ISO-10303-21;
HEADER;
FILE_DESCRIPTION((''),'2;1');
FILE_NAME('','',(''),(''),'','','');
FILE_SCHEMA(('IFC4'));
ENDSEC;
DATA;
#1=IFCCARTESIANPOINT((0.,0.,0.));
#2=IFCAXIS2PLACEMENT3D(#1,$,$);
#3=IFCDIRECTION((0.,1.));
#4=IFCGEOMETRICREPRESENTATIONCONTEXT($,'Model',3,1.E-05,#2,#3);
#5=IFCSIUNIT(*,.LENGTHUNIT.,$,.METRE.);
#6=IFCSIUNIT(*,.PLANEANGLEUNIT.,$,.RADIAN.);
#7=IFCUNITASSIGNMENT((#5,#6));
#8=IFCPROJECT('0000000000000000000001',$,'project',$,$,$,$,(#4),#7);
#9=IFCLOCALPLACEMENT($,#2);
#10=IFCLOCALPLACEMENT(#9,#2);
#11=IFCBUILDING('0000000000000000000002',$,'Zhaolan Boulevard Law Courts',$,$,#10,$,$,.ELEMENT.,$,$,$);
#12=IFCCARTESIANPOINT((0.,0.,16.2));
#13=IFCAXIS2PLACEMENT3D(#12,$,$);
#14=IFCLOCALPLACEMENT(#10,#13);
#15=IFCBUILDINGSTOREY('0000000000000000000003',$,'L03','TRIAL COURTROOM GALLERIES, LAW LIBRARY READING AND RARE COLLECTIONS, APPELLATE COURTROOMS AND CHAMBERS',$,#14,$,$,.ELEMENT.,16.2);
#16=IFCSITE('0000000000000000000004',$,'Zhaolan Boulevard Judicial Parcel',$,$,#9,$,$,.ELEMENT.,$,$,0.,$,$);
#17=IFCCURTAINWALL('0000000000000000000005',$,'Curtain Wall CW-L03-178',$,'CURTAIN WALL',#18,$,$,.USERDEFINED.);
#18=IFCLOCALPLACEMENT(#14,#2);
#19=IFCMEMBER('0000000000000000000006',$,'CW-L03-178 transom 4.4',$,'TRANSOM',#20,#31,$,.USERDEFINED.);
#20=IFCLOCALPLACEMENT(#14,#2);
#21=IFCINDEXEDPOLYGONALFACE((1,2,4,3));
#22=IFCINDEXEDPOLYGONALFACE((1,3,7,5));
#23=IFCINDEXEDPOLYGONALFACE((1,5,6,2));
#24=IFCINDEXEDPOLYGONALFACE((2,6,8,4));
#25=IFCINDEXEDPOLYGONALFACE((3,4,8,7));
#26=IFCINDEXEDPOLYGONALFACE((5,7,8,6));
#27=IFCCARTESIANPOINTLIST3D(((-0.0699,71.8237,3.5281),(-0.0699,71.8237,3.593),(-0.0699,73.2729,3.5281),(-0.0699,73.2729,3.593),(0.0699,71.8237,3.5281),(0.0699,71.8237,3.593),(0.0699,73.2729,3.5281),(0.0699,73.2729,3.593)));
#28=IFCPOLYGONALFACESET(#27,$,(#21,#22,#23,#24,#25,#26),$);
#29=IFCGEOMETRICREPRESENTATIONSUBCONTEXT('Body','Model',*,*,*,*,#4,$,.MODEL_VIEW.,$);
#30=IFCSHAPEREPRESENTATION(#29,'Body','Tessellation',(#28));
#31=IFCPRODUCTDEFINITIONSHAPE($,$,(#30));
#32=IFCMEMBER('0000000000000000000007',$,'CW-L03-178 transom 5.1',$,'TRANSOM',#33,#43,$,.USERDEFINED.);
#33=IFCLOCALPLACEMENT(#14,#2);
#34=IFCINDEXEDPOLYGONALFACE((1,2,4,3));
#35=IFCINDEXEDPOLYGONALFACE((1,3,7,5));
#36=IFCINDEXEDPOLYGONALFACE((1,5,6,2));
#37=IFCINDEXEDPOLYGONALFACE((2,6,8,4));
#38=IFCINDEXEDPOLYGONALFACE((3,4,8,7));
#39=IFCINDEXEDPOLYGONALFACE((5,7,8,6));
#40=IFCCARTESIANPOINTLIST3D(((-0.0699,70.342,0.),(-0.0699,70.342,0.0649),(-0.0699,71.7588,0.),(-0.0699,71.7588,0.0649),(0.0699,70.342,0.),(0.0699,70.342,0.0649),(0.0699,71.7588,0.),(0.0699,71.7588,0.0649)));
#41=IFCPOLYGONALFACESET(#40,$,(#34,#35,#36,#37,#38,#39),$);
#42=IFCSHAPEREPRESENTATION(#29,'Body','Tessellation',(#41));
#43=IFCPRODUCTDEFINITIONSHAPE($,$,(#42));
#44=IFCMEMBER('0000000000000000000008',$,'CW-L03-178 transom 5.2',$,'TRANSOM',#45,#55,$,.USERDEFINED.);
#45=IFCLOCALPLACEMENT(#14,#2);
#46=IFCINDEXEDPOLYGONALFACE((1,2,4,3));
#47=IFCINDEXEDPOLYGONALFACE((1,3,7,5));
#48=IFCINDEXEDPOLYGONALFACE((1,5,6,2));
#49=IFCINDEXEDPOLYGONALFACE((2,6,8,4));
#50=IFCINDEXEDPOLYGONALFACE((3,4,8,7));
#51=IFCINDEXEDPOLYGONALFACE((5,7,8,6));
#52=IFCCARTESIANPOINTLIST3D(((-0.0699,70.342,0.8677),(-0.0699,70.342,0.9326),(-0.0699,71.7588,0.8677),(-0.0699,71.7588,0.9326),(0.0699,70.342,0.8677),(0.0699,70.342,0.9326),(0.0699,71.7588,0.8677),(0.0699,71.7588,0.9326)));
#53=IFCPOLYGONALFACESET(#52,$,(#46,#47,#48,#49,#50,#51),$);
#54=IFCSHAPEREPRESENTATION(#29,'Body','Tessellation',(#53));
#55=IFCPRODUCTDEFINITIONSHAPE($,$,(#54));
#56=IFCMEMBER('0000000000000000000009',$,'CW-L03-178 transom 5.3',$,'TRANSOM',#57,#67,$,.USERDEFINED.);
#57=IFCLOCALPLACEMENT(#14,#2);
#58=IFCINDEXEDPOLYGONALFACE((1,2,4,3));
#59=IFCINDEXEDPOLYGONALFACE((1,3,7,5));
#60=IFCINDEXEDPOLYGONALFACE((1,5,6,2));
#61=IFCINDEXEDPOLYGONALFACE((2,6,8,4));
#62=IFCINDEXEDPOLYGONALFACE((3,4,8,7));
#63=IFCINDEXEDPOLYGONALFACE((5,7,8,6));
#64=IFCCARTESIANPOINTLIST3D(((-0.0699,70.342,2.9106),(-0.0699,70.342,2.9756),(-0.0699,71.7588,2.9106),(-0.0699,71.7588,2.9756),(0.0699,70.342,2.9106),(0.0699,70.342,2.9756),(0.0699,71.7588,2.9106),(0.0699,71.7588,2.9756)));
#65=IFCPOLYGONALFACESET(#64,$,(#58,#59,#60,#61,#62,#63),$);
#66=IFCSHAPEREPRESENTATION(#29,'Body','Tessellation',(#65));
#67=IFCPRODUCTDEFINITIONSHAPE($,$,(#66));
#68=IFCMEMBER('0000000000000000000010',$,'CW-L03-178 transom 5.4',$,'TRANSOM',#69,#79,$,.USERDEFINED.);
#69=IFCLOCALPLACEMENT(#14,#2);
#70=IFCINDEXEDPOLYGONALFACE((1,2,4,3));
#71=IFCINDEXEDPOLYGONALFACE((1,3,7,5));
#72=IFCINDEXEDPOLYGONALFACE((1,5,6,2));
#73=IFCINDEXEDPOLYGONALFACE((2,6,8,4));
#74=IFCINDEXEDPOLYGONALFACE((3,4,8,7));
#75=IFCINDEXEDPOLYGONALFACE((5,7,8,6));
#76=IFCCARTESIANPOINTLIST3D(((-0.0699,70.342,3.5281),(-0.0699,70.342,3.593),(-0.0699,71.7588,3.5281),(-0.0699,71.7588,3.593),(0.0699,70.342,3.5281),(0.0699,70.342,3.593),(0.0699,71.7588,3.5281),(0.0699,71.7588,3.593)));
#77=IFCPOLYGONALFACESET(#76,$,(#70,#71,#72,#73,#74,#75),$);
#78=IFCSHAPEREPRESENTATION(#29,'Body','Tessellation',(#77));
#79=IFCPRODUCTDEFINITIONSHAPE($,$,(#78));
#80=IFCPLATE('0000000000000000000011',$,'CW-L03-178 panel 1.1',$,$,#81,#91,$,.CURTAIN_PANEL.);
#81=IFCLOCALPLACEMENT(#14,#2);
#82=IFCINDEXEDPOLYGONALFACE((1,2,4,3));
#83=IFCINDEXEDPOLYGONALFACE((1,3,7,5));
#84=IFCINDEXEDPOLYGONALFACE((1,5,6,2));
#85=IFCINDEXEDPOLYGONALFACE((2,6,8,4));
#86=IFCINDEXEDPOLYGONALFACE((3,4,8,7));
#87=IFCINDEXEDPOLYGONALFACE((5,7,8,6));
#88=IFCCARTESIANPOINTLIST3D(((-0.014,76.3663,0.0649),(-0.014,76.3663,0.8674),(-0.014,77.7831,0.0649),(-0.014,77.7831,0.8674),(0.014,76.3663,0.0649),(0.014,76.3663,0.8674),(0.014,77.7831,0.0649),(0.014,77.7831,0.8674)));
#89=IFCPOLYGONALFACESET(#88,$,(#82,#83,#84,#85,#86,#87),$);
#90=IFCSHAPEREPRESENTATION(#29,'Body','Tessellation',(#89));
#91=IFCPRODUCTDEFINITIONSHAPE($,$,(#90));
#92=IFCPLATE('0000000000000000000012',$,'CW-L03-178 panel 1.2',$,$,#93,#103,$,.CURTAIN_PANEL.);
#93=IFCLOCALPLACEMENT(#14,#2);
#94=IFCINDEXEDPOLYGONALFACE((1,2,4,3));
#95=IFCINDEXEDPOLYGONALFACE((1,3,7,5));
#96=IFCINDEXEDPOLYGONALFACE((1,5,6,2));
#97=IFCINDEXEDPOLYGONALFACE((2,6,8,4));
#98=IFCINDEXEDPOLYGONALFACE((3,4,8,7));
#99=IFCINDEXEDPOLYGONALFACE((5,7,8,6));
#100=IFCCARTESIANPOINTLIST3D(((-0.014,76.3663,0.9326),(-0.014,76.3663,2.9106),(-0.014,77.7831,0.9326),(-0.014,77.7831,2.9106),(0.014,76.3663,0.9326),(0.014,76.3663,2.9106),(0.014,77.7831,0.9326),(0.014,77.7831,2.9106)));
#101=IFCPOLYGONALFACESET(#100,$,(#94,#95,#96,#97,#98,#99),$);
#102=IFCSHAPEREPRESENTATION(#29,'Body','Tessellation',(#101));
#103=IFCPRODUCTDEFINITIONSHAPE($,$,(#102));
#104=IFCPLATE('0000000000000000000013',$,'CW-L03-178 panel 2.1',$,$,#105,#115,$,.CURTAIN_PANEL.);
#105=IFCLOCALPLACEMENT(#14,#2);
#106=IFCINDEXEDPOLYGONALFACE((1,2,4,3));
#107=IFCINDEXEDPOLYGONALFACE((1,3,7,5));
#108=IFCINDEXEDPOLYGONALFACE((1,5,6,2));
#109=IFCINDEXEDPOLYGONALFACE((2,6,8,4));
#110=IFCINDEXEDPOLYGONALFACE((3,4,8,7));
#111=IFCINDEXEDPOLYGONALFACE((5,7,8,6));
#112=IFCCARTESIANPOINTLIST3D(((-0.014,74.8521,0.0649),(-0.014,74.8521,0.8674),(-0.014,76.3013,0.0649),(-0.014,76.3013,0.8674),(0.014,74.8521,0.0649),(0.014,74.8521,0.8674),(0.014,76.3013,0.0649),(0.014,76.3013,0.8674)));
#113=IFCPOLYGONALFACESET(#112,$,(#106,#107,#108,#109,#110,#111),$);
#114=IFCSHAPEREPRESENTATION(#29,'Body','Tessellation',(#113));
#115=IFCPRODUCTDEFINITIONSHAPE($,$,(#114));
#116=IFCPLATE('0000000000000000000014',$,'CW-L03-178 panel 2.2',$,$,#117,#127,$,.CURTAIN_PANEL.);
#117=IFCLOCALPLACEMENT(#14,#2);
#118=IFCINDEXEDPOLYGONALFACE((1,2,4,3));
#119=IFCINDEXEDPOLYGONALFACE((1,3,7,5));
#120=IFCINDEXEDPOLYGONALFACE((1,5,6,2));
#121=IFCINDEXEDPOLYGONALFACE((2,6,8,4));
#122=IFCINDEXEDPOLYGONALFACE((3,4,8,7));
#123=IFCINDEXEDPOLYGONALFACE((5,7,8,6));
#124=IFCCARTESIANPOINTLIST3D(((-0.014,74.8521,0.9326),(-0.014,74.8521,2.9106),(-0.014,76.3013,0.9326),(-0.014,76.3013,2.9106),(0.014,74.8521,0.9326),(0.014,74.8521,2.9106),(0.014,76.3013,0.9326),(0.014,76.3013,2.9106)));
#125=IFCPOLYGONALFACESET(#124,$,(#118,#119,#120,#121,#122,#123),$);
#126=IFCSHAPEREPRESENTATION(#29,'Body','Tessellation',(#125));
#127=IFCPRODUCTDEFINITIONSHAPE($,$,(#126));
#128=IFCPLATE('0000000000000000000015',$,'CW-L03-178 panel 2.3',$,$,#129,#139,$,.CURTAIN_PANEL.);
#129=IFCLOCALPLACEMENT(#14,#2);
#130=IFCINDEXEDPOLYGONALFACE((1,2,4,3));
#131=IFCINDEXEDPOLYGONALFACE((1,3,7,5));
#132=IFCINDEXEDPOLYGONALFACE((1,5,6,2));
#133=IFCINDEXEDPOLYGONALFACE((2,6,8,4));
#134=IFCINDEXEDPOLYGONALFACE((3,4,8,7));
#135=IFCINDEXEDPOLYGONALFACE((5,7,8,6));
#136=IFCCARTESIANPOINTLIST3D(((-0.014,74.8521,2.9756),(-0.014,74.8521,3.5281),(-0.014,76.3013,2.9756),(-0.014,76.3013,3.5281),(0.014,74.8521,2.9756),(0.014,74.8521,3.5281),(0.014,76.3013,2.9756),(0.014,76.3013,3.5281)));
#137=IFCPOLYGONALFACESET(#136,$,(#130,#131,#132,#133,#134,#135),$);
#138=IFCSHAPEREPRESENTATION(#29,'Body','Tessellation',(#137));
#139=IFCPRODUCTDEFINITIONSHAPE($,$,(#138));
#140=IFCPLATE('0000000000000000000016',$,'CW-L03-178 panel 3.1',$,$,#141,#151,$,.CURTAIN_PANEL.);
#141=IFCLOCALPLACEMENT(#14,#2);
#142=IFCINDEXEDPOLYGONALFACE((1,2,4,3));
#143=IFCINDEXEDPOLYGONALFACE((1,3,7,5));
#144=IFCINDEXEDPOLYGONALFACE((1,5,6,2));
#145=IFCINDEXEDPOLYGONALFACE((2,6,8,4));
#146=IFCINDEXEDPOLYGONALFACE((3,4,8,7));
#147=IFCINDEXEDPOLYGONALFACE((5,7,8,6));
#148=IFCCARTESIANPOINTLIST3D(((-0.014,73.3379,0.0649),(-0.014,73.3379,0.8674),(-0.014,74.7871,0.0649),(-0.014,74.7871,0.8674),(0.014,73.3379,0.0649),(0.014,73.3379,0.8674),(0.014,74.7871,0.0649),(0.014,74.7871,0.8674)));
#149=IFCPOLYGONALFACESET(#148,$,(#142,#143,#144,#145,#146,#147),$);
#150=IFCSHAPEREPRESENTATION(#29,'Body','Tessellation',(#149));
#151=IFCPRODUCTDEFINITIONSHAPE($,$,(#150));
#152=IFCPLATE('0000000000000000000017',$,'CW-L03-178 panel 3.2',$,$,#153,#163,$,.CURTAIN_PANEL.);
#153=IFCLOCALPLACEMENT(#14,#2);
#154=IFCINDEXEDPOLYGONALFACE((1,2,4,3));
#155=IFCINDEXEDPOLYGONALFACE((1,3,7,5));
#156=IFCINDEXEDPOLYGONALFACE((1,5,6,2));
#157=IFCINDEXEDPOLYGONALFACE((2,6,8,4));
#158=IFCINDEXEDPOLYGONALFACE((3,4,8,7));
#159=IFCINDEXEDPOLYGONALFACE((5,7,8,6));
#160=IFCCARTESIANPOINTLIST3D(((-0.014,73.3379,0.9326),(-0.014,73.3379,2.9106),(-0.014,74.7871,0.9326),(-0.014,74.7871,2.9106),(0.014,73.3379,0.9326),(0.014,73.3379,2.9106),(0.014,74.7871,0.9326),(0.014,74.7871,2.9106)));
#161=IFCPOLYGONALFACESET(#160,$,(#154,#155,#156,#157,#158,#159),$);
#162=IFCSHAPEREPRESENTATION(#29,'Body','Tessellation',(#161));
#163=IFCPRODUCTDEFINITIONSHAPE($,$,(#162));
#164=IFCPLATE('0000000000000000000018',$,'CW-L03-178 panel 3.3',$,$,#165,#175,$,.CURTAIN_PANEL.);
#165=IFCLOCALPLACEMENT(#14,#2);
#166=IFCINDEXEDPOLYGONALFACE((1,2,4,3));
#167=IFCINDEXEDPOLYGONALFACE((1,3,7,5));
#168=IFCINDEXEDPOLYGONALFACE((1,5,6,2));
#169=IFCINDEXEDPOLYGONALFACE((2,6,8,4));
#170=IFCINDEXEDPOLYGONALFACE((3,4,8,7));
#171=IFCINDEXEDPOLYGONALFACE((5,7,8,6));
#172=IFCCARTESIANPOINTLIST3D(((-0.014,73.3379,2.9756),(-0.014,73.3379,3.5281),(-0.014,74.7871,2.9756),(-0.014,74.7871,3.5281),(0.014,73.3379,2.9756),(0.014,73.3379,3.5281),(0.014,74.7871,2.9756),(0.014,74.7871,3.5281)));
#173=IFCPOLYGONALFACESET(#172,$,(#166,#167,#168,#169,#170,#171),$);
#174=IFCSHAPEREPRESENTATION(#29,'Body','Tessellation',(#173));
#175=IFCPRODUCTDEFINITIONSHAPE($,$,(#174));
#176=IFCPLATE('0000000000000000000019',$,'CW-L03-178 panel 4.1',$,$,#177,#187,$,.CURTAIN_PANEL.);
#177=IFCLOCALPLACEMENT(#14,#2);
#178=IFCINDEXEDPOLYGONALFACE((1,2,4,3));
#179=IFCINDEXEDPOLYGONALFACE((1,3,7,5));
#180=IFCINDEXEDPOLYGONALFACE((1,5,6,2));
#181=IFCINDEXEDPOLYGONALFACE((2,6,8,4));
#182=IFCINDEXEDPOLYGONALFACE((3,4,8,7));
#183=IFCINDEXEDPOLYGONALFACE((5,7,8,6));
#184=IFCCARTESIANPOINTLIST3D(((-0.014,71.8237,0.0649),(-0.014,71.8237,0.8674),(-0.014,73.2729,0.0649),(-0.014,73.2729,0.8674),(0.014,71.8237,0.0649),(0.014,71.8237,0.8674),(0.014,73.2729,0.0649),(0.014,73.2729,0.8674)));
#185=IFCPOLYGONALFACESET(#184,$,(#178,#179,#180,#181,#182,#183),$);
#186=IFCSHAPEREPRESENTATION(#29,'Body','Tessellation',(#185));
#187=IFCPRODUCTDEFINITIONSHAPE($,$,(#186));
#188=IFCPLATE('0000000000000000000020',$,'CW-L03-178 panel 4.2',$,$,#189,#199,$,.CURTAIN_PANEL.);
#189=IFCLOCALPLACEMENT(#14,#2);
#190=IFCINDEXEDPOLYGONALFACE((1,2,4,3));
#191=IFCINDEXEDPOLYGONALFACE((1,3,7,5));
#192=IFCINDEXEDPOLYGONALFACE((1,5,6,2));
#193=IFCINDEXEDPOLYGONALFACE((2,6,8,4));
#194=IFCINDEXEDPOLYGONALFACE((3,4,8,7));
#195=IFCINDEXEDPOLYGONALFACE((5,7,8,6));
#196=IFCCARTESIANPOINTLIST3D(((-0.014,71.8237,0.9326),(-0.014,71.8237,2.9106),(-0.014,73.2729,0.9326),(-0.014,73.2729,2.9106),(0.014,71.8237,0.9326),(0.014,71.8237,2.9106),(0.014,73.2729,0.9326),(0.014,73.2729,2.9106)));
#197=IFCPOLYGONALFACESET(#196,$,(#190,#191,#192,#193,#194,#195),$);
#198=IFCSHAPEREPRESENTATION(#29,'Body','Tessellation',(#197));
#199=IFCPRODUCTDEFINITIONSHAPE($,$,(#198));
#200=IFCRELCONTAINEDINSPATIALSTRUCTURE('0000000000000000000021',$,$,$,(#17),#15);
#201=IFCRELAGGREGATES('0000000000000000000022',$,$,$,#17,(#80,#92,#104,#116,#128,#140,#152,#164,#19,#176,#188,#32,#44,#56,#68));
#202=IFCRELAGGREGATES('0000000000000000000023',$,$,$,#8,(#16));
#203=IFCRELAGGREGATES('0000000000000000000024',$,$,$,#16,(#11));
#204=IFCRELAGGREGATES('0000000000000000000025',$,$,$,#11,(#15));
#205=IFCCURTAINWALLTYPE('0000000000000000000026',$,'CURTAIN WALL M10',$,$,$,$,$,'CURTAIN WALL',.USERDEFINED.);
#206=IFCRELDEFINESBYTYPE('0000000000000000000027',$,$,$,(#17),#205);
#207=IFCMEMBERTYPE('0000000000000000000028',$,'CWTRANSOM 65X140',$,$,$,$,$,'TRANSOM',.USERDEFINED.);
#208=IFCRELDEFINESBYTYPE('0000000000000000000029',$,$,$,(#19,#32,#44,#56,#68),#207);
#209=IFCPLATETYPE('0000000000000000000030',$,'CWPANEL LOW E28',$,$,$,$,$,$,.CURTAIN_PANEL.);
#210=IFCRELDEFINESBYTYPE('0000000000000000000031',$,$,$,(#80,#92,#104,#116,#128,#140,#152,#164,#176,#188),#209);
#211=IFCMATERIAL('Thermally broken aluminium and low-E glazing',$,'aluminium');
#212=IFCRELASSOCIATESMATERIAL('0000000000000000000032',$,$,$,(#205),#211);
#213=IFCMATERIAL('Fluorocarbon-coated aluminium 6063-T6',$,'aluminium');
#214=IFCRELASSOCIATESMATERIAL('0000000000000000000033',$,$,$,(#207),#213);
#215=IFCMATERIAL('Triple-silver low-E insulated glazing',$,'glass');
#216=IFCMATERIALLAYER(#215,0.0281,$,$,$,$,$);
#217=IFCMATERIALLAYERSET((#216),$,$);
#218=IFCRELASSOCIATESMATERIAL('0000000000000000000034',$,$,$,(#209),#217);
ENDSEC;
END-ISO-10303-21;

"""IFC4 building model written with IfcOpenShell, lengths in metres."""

from ifc_helpers import new_model, si_unit, direction, frame, origin, origin_2d, place, context, subcontext, project, spatial, rectangle, extrude, material, layer, layer_set, material_profile, profile_set, type_object, element, aggregate, save


model = new_model("IFC4")

# Units and contexts
model_context = context("Model", 3, precision=1e-05, world=origin(), true_north=direction((0.0, 1.0)))
body_context = subcontext(model_context, "Body", "Model", "MODEL_VIEW")
ifc_project = project(units=[si_unit("LENGTHUNIT", "METRE"), si_unit("PLANEANGLEUNIT", "RADIAN")], contexts=[model_context])

# Site, building, storey
site_placement = place(None, origin())
site = spatial("IfcSite", under=ifc_project, at=site_placement, Name="Zhaolan Boulevard Judicial Parcel", CompositionType="ELEMENT", RefElevation=0.0)
building_placement = place(site_placement, origin())
building = spatial("IfcBuilding", under=site, at=building_placement, Name="Zhaolan Boulevard Law Courts", CompositionType="ELEMENT")
storey_placement = place(building_placement, frame((0.0, 0.0, 16.2)))
storey = spatial("IfcBuildingStorey", under=building, at=storey_placement, Name="L03", Description="TRIAL COURTROOM GALLERIES, LAW LIBRARY READING AND RARE COLLECTIONS, APPELLATE COURTROOMS AND CHAMBERS", CompositionType="ELEMENT", Elevation=16.2)

# Curtain wall, members, plates
ifc_material_1 = material(Name="Thermally broken aluminium and low-E glazing", Category="aluminium")
curtain_wall_type = type_object("IfcCurtainWallType", Name="CURTAIN WALL M10", ElementType="CURTAIN WALL", PredefinedType="USERDEFINED", material=ifc_material_1)
curtain_wall_placement = place(storey_placement, origin())
curtain_wall = element("IfcCurtainWall", 1, at=curtain_wall_placement, inside=storey, type_object=curtain_wall_type, Name="Curtain Wall CW-L03-178", ObjectType="CURTAIN WALL", PredefinedType="USERDEFINED")
ifc_material_2 = material(Name="Fluorocarbon-coated aluminium 6063-T6", Category="aluminium")
ifc_material_profile_1 = material_profile(ifc_material_2, rectangle(XDim=0.1399, YDim=0.0649, at=origin_2d()), Name="AL65x140")
ifc_profile_set_1 = profile_set([ifc_material_profile_1], Name="Fluorocarbon-coated aluminium 6063-T6")
member_type_1 = type_object("IfcMemberType", Name="CWTRANSOM 65X140", ElementType="TRANSOM", PredefinedType="USERDEFINED", material=ifc_profile_set_1)
member_1_placement = place(storey_placement, frame((0.0, 73.2729, 3.5605), z_axis=(0.0, -1.0, 0.0), x_axis=(1.0, 0.0, 0.0)))
member_1 = element("IfcMember", 2, at=member_1_placement, type_object=member_type_1, Name="CW-L03-178 transom 4.4", ObjectType="TRANSOM", PredefinedType="USERDEFINED", context=body_context, shape_type="SweptSolid", body=[
    extrude(rectangle(XDim=0.1399, YDim=0.0649, at=origin_2d()), origin(), (0.0, 0.0, 1.0), 1.4492),
])
member_2_placement = place(storey_placement, frame((0.0, 71.7588, 0.0325), z_axis=(0.0, -1.0, 0.0), x_axis=(1.0, 0.0, 0.0)))
member_2 = element("IfcMember", 3, at=member_2_placement, type_object=member_type_1, Name="CW-L03-178 transom 5.1", ObjectType="TRANSOM", PredefinedType="USERDEFINED", context=body_context, shape_type="SweptSolid", body=[
    extrude(rectangle(XDim=0.1399, YDim=0.0649, at=origin_2d()), origin(), (0.0, 0.0, 1.0), 1.4167),
])
member_3_placement = place(storey_placement, frame((0.0, 71.7588, 0.9001), z_axis=(0.0, -1.0, 0.0), x_axis=(1.0, 0.0, 0.0)))
member_3 = element("IfcMember", 4, at=member_3_placement, type_object=member_type_1, Name="CW-L03-178 transom 5.2", ObjectType="TRANSOM", PredefinedType="USERDEFINED", context=body_context, shape_type="SweptSolid", body=[
    extrude(rectangle(XDim=0.1399, YDim=0.0649, at=origin_2d()), origin(), (0.0, 0.0, 1.0), 1.4167),
])
member_4_placement = place(storey_placement, frame((0.0, 71.7588, 2.9431), z_axis=(0.0, -1.0, 0.0), x_axis=(1.0, 0.0, 0.0)))
member_4 = element("IfcMember", 5, at=member_4_placement, type_object=member_type_1, Name="CW-L03-178 transom 5.3", ObjectType="TRANSOM", PredefinedType="USERDEFINED", context=body_context, shape_type="SweptSolid", body=[
    extrude(rectangle(XDim=0.1399, YDim=0.0649, at=origin_2d()), origin(), (0.0, 0.0, 1.0), 1.4167),
])
member_5_placement = place(storey_placement, frame((0.0, 71.7588, 3.5605), z_axis=(0.0, -1.0, 0.0), x_axis=(1.0, 0.0, 0.0)))
member_5 = element("IfcMember", 6, at=member_5_placement, type_object=member_type_1, Name="CW-L03-178 transom 5.4", ObjectType="TRANSOM", PredefinedType="USERDEFINED", context=body_context, shape_type="SweptSolid", body=[
    extrude(rectangle(XDim=0.1399, YDim=0.0649, at=origin_2d()), origin(), (0.0, 0.0, 1.0), 1.4167),
])
ifc_material_3 = material(Name="Triple-silver low-E insulated glazing", Category="glass")
ifc_layer = layer(ifc_material_3, 0.0281)
ifc_layer_set = layer_set([ifc_layer])
plate_type = type_object("IfcPlateType", Name="CWPANEL LOW E28", PredefinedType="CURTAIN_PANEL", material=ifc_layer_set)
plate_1_placement = place(storey_placement, frame((0.0, 77.0747, 0.0649), z_axis=(0.0, 0.0, 1.0), x_axis=(0.0, -1.0, 0.0)))
plate_1 = element("IfcPlate", 7, at=plate_1_placement, type_object=plate_type, Name="CW-L03-178 panel 1.1", PredefinedType="CURTAIN_PANEL", context=body_context, shape_type="SweptSolid", body=[
    extrude(rectangle(XDim=1.4167, YDim=0.0281, at=origin_2d()), origin(), (0.0, 0.0, 1.0), 0.8025),
])
plate_2_placement = place(storey_placement, frame((0.0, 77.0747, 0.9326), z_axis=(0.0, 0.0, 1.0), x_axis=(0.0, -1.0, 0.0)))
plate_2 = element("IfcPlate", 8, at=plate_2_placement, type_object=plate_type, Name="CW-L03-178 panel 1.2", PredefinedType="CURTAIN_PANEL", context=body_context, shape_type="SweptSolid", body=[
    extrude(rectangle(XDim=1.4167, YDim=0.0281, at=origin_2d()), origin(), (0.0, 0.0, 1.0), 1.978),
])
plate_3_placement = place(storey_placement, frame((0.0, 75.5767, 0.0649), z_axis=(0.0, 0.0, 1.0), x_axis=(0.0, -1.0, 0.0)))
plate_3 = element("IfcPlate", 9, at=plate_3_placement, type_object=plate_type, Name="CW-L03-178 panel 2.1", PredefinedType="CURTAIN_PANEL", context=body_context, shape_type="SweptSolid", body=[
    extrude(rectangle(XDim=1.4492, YDim=0.0281, at=origin_2d()), origin(), (0.0, 0.0, 1.0), 0.8025),
])
plate_4_placement = place(storey_placement, frame((0.0, 75.5767, 0.9326), z_axis=(0.0, 0.0, 1.0), x_axis=(0.0, -1.0, 0.0)))
plate_4 = element("IfcPlate", 10, at=plate_4_placement, type_object=plate_type, Name="CW-L03-178 panel 2.2", PredefinedType="CURTAIN_PANEL", context=body_context, shape_type="SweptSolid", body=[
    extrude(rectangle(XDim=1.4492, YDim=0.0281, at=origin_2d()), origin(), (0.0, 0.0, 1.0), 1.978),
])
plate_5_placement = place(storey_placement, frame((0.0, 75.5767, 2.9756), z_axis=(0.0, 0.0, 1.0), x_axis=(0.0, -1.0, 0.0)))
plate_5 = element("IfcPlate", 11, at=plate_5_placement, type_object=plate_type, Name="CW-L03-178 panel 2.3", PredefinedType="CURTAIN_PANEL", context=body_context, shape_type="SweptSolid", body=[
    extrude(rectangle(XDim=1.4492, YDim=0.0281, at=origin_2d()), origin(), (0.0, 0.0, 1.0), 0.5525),
])
plate_6_placement = place(storey_placement, frame((0.0, 74.0625, 0.0649), z_axis=(0.0, 0.0, 1.0), x_axis=(0.0, -1.0, 0.0)))
plate_6 = element("IfcPlate", 12, at=plate_6_placement, type_object=plate_type, Name="CW-L03-178 panel 3.1", PredefinedType="CURTAIN_PANEL", context=body_context, shape_type="SweptSolid", body=[
    extrude(rectangle(XDim=1.4492, YDim=0.0281, at=origin_2d()), origin(), (0.0, 0.0, 1.0), 0.8025),
])
plate_7_placement = place(storey_placement, frame((0.0, 74.0625, 0.9326), z_axis=(0.0, 0.0, 1.0), x_axis=(0.0, -1.0, 0.0)))
plate_7 = element("IfcPlate", 13, at=plate_7_placement, type_object=plate_type, Name="CW-L03-178 panel 3.2", PredefinedType="CURTAIN_PANEL", context=body_context, shape_type="SweptSolid", body=[
    extrude(rectangle(XDim=1.4492, YDim=0.0281, at=origin_2d()), origin(), (0.0, 0.0, 1.0), 1.978),
])
plate_8_placement = place(storey_placement, frame((0.0, 74.0625, 2.9756), z_axis=(0.0, 0.0, 1.0), x_axis=(0.0, -1.0, 0.0)))
plate_8 = element("IfcPlate", 14, at=plate_8_placement, type_object=plate_type, Name="CW-L03-178 panel 3.3", PredefinedType="CURTAIN_PANEL", context=body_context, shape_type="SweptSolid", body=[
    extrude(rectangle(XDim=1.4492, YDim=0.0281, at=origin_2d()), origin(), (0.0, 0.0, 1.0), 0.5525),
])
plate_9_placement = place(storey_placement, frame((0.0, 72.5483, 0.0649), z_axis=(0.0, 0.0, 1.0), x_axis=(0.0, -1.0, 0.0)))
plate_9 = element("IfcPlate", 15, at=plate_9_placement, type_object=plate_type, Name="CW-L03-178 panel 4.1", PredefinedType="CURTAIN_PANEL", context=body_context, shape_type="SweptSolid", body=[
    extrude(rectangle(XDim=1.4492, YDim=0.0281, at=origin_2d()), origin(), (0.0, 0.0, 1.0), 0.8025),
])
plate_10_placement = place(storey_placement, frame((0.0, 72.5483, 0.9326), z_axis=(0.0, 0.0, 1.0), x_axis=(0.0, -1.0, 0.0)))
plate_10 = element("IfcPlate", 16, at=plate_10_placement, type_object=plate_type, Name="CW-L03-178 panel 4.2", PredefinedType="CURTAIN_PANEL", context=body_context, shape_type="SweptSolid", body=[
    extrude(rectangle(XDim=1.4492, YDim=0.0281, at=origin_2d()), origin(), (0.0, 0.0, 1.0), 1.978),
])
aggregate(curtain_wall, [plate_1, plate_2, plate_3, plate_4, plate_5, plate_6, plate_7, plate_8, member_1, plate_9, plate_10, member_2, member_3, member_4, member_5])

save(model, "model.ifc")
